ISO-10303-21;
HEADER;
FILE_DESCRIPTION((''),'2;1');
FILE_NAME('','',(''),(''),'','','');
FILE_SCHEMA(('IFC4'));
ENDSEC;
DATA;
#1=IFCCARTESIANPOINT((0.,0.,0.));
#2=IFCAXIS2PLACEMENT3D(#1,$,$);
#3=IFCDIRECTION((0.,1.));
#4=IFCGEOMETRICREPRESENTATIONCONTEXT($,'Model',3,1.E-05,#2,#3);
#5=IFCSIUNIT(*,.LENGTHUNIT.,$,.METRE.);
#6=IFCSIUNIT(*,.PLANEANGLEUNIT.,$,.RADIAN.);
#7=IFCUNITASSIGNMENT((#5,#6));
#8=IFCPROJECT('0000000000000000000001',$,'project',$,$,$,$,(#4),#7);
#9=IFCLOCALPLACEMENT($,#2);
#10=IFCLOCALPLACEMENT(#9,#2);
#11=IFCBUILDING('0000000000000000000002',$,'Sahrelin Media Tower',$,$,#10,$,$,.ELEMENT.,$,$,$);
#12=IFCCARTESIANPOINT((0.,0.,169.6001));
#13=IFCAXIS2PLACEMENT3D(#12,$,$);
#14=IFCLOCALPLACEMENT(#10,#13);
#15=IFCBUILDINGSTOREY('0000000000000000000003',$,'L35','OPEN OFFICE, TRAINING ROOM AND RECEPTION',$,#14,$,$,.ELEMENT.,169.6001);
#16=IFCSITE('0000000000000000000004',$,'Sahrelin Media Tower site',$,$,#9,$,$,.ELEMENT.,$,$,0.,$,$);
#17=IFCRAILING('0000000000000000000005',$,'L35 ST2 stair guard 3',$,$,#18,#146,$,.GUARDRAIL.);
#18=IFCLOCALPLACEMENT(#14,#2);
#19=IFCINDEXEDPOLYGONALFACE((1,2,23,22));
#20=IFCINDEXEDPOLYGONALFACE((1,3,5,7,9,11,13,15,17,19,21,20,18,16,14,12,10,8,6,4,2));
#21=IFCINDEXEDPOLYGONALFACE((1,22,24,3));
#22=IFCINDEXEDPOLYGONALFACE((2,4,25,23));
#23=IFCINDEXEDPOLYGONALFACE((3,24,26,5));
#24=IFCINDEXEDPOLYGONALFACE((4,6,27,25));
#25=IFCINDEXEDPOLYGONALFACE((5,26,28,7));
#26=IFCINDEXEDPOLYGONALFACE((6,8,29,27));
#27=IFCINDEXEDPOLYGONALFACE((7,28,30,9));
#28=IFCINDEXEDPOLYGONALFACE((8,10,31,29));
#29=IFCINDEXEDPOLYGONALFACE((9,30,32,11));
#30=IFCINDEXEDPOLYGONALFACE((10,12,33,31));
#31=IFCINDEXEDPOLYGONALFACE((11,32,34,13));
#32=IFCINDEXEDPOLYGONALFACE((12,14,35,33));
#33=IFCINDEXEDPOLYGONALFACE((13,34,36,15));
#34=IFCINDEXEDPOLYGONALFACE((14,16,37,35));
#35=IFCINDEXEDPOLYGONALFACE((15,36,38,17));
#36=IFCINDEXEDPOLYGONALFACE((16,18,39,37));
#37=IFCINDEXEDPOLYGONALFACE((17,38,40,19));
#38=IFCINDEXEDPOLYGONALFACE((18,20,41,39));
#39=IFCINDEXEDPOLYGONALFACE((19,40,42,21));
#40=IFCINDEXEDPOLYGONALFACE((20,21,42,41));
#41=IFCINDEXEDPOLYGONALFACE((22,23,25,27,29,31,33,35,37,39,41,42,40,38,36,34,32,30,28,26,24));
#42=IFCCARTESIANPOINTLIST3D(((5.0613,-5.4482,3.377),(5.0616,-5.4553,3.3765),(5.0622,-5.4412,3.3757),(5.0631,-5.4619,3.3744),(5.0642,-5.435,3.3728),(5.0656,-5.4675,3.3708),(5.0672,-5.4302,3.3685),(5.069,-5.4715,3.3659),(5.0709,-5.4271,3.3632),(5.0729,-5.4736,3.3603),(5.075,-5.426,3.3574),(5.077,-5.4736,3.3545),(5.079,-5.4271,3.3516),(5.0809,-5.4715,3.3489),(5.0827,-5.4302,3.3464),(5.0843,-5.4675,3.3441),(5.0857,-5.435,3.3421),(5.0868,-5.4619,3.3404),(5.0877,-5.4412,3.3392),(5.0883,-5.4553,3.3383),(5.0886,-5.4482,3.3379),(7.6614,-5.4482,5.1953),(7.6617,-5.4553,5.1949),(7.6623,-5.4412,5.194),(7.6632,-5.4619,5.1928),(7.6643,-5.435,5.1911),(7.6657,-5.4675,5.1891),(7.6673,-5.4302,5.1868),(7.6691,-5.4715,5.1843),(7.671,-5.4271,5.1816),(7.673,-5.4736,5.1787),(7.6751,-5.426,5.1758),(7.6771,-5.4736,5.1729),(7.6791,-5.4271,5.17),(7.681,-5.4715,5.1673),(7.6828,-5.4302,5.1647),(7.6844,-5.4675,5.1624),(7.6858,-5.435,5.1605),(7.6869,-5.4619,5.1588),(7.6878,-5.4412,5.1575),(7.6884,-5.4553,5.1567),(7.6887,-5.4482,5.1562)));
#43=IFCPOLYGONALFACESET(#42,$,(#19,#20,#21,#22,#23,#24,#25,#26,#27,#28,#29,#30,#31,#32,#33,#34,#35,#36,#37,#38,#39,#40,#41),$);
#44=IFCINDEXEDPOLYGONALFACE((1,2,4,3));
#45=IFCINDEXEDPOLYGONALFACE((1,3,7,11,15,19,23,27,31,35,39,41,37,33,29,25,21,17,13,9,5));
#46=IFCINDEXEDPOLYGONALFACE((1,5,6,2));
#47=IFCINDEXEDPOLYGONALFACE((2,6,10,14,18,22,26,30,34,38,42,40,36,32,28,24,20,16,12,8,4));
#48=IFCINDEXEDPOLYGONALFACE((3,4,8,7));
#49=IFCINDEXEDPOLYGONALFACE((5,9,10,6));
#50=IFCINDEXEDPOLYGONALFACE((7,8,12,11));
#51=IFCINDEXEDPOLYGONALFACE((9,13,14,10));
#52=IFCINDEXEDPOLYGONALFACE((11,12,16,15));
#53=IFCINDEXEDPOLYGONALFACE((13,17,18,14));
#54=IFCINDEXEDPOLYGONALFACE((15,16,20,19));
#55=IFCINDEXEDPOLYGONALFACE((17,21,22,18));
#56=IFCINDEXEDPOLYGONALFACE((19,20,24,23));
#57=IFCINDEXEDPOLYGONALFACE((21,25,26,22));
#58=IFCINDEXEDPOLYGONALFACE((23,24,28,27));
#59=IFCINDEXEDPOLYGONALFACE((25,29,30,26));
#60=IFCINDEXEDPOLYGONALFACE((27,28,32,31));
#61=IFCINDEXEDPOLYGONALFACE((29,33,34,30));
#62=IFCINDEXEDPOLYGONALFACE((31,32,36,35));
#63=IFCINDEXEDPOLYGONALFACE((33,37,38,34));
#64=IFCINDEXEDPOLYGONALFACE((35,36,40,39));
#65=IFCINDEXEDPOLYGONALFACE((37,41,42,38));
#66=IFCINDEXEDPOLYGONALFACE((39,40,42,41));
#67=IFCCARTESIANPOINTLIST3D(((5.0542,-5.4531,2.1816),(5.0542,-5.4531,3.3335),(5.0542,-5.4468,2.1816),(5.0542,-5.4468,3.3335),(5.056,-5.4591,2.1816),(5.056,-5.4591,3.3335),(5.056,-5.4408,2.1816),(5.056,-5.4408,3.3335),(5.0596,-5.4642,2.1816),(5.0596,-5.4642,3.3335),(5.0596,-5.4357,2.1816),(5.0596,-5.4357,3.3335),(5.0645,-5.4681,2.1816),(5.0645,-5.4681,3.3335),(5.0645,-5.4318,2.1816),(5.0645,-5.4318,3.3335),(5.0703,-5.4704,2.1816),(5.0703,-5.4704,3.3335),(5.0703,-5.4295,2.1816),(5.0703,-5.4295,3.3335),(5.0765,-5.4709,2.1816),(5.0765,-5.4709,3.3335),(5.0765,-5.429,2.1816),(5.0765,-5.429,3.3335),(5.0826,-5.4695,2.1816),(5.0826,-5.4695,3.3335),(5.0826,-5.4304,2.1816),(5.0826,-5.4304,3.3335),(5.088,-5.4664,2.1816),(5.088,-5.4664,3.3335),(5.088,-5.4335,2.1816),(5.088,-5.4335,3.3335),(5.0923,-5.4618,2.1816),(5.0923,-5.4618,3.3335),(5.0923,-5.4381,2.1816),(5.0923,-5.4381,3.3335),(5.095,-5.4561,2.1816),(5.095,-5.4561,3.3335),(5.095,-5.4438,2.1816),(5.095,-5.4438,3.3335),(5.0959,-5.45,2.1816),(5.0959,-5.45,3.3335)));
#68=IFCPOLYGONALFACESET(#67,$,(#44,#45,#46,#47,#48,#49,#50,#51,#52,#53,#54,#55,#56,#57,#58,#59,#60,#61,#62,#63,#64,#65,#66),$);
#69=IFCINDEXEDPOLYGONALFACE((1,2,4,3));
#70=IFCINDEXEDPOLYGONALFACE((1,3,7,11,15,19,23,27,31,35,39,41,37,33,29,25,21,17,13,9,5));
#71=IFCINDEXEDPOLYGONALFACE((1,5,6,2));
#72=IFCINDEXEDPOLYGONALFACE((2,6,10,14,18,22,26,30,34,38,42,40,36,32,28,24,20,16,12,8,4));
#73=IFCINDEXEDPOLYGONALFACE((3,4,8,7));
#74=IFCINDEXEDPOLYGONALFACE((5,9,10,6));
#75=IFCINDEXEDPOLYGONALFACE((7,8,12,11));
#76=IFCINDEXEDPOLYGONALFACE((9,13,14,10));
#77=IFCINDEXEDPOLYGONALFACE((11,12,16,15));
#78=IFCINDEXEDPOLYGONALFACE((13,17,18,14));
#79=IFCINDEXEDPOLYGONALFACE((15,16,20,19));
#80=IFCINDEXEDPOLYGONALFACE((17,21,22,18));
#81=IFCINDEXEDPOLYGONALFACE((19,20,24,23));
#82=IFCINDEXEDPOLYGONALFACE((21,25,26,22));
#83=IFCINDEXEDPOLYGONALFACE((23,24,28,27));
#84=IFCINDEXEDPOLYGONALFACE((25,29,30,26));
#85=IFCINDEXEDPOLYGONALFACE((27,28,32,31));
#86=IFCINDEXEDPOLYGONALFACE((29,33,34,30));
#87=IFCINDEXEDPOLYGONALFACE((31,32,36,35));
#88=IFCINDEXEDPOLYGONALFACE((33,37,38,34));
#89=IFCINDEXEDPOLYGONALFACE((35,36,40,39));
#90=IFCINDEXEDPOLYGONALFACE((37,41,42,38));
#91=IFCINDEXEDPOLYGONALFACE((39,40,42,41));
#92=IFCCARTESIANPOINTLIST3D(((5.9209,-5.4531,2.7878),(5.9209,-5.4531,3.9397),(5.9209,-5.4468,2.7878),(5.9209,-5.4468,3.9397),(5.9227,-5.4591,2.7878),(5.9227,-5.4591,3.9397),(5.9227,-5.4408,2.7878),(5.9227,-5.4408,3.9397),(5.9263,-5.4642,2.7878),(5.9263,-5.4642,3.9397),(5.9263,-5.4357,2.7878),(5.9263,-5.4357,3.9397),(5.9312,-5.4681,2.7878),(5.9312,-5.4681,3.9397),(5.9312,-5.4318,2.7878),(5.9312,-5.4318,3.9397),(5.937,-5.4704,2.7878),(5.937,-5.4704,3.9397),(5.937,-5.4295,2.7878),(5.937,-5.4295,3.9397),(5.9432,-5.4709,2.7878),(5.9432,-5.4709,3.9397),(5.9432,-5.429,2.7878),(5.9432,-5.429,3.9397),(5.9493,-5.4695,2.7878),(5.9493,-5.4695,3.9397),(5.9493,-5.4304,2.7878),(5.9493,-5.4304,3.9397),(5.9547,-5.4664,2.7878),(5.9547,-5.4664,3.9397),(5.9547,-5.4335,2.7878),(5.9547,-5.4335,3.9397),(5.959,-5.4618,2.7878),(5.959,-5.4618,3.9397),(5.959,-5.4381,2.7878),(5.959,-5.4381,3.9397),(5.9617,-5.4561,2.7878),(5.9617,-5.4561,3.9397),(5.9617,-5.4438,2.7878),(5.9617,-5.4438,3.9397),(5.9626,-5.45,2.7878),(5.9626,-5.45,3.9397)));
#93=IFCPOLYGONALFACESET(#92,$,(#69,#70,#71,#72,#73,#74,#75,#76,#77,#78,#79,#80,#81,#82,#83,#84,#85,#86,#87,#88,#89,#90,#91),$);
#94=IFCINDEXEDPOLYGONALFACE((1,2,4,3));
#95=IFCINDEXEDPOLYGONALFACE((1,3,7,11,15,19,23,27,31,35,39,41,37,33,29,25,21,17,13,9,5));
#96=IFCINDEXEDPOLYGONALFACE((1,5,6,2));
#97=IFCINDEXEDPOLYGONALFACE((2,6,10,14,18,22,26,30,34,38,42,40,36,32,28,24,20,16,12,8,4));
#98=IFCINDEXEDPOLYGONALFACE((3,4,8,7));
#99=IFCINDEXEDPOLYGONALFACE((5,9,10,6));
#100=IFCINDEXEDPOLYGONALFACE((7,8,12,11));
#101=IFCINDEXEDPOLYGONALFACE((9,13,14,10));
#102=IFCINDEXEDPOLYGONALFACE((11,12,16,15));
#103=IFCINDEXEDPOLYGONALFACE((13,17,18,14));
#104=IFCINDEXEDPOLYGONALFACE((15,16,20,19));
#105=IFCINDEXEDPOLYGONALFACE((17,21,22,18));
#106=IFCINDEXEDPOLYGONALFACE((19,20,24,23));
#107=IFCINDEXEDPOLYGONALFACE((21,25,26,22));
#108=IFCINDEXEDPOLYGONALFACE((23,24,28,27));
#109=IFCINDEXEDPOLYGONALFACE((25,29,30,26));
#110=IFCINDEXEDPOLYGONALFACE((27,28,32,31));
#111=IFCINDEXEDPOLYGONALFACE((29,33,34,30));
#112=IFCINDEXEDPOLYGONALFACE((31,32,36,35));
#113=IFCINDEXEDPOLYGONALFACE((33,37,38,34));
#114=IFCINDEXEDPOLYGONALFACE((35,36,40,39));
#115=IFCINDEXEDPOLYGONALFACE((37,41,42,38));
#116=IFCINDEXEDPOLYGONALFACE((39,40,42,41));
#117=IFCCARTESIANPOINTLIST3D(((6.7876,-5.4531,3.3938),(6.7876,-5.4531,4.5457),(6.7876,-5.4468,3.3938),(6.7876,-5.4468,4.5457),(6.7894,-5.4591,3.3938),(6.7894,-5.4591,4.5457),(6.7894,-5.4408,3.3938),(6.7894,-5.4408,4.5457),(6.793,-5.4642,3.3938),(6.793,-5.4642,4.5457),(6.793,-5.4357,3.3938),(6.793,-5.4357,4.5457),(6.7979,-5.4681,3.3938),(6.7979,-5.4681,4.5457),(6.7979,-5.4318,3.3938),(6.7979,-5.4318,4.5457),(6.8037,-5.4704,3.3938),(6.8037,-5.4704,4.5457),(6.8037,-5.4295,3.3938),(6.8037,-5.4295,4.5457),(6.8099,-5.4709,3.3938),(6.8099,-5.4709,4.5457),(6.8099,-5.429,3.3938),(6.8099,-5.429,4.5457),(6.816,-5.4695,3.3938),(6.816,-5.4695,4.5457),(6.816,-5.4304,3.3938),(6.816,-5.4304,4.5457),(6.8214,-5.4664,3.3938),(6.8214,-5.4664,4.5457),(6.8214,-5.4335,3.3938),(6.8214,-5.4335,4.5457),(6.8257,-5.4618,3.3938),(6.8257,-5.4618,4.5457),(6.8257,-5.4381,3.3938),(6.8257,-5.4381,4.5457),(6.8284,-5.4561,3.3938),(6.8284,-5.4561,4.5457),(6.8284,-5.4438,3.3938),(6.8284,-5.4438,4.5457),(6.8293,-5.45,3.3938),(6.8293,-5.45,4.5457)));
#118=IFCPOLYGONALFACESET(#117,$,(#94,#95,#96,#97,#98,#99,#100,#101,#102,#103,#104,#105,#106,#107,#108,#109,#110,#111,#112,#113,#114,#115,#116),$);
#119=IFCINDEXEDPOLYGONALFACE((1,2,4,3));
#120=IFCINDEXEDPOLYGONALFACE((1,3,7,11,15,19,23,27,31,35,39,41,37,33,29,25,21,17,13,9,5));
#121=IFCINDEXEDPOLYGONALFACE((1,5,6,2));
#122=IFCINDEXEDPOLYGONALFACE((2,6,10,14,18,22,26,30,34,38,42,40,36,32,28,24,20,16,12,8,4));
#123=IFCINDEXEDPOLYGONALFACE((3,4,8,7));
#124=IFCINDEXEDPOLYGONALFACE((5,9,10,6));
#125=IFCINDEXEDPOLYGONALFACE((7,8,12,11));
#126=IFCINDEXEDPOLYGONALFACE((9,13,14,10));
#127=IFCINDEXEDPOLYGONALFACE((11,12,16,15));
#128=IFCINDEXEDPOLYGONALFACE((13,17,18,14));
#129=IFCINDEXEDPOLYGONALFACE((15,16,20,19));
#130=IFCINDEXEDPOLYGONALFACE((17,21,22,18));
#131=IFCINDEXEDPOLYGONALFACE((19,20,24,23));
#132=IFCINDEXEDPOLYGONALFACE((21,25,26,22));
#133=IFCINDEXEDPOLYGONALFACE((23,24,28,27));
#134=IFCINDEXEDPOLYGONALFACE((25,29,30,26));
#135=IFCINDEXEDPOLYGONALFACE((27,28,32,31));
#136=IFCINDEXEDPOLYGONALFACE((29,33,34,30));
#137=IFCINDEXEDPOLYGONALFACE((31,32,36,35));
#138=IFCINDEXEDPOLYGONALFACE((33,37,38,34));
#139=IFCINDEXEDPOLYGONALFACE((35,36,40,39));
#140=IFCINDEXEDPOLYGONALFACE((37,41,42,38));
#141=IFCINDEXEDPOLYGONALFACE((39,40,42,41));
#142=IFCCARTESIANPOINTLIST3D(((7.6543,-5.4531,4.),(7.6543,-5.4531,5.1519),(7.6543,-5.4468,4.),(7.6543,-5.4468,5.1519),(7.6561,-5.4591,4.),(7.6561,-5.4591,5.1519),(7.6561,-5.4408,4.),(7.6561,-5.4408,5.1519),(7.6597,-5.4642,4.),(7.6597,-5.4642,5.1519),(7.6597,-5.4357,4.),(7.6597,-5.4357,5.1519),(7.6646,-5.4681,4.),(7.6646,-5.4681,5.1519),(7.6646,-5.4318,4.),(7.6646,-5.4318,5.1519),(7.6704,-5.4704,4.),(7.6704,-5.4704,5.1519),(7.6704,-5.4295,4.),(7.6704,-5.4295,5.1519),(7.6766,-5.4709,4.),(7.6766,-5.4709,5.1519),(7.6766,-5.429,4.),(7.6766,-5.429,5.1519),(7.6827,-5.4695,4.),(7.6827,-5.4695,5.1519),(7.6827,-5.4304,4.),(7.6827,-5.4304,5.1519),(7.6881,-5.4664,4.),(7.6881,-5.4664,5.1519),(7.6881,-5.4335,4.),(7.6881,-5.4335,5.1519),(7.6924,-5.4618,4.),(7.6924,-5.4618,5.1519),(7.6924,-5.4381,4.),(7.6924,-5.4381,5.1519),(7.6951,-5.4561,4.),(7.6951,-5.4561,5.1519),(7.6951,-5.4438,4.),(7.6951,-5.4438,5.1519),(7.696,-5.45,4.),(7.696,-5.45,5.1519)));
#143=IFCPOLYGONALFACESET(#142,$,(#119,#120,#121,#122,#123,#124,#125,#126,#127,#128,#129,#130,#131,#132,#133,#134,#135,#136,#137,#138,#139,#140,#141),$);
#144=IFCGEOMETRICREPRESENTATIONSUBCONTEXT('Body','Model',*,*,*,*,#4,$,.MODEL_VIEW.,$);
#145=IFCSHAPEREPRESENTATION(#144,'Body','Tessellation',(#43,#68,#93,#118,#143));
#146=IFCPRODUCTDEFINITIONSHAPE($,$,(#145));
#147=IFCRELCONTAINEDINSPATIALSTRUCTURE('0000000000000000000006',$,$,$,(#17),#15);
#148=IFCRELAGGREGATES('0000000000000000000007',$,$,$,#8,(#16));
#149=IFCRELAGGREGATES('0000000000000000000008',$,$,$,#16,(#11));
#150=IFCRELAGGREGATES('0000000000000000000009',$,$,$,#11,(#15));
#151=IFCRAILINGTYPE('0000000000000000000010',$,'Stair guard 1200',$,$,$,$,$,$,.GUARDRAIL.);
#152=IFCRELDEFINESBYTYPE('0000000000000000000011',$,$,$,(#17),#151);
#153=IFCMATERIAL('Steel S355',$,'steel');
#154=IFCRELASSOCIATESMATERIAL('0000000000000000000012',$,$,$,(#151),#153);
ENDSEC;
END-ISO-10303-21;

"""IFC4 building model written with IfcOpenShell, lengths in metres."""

from ifc_helpers import new_model, si_unit, direction, frame, origin, origin_2d, place, context, subcontext, project, spatial, circle, extrude, material, type_object, element, save


model = new_model("IFC4")

# Units and contexts
model_context = context("Model", 3, precision=1e-05, world=origin(), true_north=direction((0.0, 1.0)))
body_context = subcontext(model_context, "Body", "Model", "MODEL_VIEW")
ifc_project = project(units=[si_unit("LENGTHUNIT", "METRE"), si_unit("PLANEANGLEUNIT", "RADIAN")], contexts=[model_context])

# Site, building, storey
site_placement = place(None, origin())
site = spatial("IfcSite", under=ifc_project, at=site_placement, Name="Sahrelin Media Tower site", CompositionType="ELEMENT", RefElevation=0.0)
building_placement = place(site_placement, origin())
building = spatial("IfcBuilding", under=site, at=building_placement, Name="Sahrelin Media Tower", CompositionType="ELEMENT")
storey_placement = place(building_placement, frame((0.0, 0.0, 169.6001)))
storey = spatial("IfcBuildingStorey", under=building, at=storey_placement, Name="L35", Description="OPEN OFFICE, TRAINING ROOM AND RECEPTION", CompositionType="ELEMENT", Elevation=169.6001)

# Shared definitions
ifc_material_1 = material(Name="Steel S355", Category="steel")

# Railing
railing_type_1 = type_object("IfcRailingType", Name="Stair guard 1200", PredefinedType="GUARDRAIL", material=ifc_material_1)
railing_1_placement = place(storey_placement, frame((5.075, -5.45, 2.1816)))
element("IfcRailing", 1, at=railing_1_placement, inside=storey, type_object=railing_type_1, Name="L35 ST2 stair guard 3", PredefinedType="GUARDRAIL", context=body_context, shape_type="SweptSolid", body=[
    extrude(circle(Radius=0.0239, at=origin_2d()), frame((0.0, 0.0, 1.1758), z_axis=(0.819485, 0.0, 0.573101), x_axis=(0.0, 1.0, 0.0)), (0.0, 0.0, 1.0), 3.1729),
    extrude(circle(Radius=0.021, at=origin_2d()), origin(), (0.0, 0.0, 1.0), 1.1519),
    extrude(circle(Radius=0.021, at=origin_2d()), frame((0.8667, 0.0, 0.6062)), (0.0, 0.0, 1.0), 1.1519),
    extrude(circle(Radius=0.021, at=origin_2d()), frame((1.7334, 0.0, 1.2122)), (0.0, 0.0, 1.0), 1.1519),
    extrude(circle(Radius=0.021, at=origin_2d()), frame((2.6001, 0.0, 1.8184)), (0.0, 0.0, 1.0), 1.1519),
])

save(model, "model.ifc")
